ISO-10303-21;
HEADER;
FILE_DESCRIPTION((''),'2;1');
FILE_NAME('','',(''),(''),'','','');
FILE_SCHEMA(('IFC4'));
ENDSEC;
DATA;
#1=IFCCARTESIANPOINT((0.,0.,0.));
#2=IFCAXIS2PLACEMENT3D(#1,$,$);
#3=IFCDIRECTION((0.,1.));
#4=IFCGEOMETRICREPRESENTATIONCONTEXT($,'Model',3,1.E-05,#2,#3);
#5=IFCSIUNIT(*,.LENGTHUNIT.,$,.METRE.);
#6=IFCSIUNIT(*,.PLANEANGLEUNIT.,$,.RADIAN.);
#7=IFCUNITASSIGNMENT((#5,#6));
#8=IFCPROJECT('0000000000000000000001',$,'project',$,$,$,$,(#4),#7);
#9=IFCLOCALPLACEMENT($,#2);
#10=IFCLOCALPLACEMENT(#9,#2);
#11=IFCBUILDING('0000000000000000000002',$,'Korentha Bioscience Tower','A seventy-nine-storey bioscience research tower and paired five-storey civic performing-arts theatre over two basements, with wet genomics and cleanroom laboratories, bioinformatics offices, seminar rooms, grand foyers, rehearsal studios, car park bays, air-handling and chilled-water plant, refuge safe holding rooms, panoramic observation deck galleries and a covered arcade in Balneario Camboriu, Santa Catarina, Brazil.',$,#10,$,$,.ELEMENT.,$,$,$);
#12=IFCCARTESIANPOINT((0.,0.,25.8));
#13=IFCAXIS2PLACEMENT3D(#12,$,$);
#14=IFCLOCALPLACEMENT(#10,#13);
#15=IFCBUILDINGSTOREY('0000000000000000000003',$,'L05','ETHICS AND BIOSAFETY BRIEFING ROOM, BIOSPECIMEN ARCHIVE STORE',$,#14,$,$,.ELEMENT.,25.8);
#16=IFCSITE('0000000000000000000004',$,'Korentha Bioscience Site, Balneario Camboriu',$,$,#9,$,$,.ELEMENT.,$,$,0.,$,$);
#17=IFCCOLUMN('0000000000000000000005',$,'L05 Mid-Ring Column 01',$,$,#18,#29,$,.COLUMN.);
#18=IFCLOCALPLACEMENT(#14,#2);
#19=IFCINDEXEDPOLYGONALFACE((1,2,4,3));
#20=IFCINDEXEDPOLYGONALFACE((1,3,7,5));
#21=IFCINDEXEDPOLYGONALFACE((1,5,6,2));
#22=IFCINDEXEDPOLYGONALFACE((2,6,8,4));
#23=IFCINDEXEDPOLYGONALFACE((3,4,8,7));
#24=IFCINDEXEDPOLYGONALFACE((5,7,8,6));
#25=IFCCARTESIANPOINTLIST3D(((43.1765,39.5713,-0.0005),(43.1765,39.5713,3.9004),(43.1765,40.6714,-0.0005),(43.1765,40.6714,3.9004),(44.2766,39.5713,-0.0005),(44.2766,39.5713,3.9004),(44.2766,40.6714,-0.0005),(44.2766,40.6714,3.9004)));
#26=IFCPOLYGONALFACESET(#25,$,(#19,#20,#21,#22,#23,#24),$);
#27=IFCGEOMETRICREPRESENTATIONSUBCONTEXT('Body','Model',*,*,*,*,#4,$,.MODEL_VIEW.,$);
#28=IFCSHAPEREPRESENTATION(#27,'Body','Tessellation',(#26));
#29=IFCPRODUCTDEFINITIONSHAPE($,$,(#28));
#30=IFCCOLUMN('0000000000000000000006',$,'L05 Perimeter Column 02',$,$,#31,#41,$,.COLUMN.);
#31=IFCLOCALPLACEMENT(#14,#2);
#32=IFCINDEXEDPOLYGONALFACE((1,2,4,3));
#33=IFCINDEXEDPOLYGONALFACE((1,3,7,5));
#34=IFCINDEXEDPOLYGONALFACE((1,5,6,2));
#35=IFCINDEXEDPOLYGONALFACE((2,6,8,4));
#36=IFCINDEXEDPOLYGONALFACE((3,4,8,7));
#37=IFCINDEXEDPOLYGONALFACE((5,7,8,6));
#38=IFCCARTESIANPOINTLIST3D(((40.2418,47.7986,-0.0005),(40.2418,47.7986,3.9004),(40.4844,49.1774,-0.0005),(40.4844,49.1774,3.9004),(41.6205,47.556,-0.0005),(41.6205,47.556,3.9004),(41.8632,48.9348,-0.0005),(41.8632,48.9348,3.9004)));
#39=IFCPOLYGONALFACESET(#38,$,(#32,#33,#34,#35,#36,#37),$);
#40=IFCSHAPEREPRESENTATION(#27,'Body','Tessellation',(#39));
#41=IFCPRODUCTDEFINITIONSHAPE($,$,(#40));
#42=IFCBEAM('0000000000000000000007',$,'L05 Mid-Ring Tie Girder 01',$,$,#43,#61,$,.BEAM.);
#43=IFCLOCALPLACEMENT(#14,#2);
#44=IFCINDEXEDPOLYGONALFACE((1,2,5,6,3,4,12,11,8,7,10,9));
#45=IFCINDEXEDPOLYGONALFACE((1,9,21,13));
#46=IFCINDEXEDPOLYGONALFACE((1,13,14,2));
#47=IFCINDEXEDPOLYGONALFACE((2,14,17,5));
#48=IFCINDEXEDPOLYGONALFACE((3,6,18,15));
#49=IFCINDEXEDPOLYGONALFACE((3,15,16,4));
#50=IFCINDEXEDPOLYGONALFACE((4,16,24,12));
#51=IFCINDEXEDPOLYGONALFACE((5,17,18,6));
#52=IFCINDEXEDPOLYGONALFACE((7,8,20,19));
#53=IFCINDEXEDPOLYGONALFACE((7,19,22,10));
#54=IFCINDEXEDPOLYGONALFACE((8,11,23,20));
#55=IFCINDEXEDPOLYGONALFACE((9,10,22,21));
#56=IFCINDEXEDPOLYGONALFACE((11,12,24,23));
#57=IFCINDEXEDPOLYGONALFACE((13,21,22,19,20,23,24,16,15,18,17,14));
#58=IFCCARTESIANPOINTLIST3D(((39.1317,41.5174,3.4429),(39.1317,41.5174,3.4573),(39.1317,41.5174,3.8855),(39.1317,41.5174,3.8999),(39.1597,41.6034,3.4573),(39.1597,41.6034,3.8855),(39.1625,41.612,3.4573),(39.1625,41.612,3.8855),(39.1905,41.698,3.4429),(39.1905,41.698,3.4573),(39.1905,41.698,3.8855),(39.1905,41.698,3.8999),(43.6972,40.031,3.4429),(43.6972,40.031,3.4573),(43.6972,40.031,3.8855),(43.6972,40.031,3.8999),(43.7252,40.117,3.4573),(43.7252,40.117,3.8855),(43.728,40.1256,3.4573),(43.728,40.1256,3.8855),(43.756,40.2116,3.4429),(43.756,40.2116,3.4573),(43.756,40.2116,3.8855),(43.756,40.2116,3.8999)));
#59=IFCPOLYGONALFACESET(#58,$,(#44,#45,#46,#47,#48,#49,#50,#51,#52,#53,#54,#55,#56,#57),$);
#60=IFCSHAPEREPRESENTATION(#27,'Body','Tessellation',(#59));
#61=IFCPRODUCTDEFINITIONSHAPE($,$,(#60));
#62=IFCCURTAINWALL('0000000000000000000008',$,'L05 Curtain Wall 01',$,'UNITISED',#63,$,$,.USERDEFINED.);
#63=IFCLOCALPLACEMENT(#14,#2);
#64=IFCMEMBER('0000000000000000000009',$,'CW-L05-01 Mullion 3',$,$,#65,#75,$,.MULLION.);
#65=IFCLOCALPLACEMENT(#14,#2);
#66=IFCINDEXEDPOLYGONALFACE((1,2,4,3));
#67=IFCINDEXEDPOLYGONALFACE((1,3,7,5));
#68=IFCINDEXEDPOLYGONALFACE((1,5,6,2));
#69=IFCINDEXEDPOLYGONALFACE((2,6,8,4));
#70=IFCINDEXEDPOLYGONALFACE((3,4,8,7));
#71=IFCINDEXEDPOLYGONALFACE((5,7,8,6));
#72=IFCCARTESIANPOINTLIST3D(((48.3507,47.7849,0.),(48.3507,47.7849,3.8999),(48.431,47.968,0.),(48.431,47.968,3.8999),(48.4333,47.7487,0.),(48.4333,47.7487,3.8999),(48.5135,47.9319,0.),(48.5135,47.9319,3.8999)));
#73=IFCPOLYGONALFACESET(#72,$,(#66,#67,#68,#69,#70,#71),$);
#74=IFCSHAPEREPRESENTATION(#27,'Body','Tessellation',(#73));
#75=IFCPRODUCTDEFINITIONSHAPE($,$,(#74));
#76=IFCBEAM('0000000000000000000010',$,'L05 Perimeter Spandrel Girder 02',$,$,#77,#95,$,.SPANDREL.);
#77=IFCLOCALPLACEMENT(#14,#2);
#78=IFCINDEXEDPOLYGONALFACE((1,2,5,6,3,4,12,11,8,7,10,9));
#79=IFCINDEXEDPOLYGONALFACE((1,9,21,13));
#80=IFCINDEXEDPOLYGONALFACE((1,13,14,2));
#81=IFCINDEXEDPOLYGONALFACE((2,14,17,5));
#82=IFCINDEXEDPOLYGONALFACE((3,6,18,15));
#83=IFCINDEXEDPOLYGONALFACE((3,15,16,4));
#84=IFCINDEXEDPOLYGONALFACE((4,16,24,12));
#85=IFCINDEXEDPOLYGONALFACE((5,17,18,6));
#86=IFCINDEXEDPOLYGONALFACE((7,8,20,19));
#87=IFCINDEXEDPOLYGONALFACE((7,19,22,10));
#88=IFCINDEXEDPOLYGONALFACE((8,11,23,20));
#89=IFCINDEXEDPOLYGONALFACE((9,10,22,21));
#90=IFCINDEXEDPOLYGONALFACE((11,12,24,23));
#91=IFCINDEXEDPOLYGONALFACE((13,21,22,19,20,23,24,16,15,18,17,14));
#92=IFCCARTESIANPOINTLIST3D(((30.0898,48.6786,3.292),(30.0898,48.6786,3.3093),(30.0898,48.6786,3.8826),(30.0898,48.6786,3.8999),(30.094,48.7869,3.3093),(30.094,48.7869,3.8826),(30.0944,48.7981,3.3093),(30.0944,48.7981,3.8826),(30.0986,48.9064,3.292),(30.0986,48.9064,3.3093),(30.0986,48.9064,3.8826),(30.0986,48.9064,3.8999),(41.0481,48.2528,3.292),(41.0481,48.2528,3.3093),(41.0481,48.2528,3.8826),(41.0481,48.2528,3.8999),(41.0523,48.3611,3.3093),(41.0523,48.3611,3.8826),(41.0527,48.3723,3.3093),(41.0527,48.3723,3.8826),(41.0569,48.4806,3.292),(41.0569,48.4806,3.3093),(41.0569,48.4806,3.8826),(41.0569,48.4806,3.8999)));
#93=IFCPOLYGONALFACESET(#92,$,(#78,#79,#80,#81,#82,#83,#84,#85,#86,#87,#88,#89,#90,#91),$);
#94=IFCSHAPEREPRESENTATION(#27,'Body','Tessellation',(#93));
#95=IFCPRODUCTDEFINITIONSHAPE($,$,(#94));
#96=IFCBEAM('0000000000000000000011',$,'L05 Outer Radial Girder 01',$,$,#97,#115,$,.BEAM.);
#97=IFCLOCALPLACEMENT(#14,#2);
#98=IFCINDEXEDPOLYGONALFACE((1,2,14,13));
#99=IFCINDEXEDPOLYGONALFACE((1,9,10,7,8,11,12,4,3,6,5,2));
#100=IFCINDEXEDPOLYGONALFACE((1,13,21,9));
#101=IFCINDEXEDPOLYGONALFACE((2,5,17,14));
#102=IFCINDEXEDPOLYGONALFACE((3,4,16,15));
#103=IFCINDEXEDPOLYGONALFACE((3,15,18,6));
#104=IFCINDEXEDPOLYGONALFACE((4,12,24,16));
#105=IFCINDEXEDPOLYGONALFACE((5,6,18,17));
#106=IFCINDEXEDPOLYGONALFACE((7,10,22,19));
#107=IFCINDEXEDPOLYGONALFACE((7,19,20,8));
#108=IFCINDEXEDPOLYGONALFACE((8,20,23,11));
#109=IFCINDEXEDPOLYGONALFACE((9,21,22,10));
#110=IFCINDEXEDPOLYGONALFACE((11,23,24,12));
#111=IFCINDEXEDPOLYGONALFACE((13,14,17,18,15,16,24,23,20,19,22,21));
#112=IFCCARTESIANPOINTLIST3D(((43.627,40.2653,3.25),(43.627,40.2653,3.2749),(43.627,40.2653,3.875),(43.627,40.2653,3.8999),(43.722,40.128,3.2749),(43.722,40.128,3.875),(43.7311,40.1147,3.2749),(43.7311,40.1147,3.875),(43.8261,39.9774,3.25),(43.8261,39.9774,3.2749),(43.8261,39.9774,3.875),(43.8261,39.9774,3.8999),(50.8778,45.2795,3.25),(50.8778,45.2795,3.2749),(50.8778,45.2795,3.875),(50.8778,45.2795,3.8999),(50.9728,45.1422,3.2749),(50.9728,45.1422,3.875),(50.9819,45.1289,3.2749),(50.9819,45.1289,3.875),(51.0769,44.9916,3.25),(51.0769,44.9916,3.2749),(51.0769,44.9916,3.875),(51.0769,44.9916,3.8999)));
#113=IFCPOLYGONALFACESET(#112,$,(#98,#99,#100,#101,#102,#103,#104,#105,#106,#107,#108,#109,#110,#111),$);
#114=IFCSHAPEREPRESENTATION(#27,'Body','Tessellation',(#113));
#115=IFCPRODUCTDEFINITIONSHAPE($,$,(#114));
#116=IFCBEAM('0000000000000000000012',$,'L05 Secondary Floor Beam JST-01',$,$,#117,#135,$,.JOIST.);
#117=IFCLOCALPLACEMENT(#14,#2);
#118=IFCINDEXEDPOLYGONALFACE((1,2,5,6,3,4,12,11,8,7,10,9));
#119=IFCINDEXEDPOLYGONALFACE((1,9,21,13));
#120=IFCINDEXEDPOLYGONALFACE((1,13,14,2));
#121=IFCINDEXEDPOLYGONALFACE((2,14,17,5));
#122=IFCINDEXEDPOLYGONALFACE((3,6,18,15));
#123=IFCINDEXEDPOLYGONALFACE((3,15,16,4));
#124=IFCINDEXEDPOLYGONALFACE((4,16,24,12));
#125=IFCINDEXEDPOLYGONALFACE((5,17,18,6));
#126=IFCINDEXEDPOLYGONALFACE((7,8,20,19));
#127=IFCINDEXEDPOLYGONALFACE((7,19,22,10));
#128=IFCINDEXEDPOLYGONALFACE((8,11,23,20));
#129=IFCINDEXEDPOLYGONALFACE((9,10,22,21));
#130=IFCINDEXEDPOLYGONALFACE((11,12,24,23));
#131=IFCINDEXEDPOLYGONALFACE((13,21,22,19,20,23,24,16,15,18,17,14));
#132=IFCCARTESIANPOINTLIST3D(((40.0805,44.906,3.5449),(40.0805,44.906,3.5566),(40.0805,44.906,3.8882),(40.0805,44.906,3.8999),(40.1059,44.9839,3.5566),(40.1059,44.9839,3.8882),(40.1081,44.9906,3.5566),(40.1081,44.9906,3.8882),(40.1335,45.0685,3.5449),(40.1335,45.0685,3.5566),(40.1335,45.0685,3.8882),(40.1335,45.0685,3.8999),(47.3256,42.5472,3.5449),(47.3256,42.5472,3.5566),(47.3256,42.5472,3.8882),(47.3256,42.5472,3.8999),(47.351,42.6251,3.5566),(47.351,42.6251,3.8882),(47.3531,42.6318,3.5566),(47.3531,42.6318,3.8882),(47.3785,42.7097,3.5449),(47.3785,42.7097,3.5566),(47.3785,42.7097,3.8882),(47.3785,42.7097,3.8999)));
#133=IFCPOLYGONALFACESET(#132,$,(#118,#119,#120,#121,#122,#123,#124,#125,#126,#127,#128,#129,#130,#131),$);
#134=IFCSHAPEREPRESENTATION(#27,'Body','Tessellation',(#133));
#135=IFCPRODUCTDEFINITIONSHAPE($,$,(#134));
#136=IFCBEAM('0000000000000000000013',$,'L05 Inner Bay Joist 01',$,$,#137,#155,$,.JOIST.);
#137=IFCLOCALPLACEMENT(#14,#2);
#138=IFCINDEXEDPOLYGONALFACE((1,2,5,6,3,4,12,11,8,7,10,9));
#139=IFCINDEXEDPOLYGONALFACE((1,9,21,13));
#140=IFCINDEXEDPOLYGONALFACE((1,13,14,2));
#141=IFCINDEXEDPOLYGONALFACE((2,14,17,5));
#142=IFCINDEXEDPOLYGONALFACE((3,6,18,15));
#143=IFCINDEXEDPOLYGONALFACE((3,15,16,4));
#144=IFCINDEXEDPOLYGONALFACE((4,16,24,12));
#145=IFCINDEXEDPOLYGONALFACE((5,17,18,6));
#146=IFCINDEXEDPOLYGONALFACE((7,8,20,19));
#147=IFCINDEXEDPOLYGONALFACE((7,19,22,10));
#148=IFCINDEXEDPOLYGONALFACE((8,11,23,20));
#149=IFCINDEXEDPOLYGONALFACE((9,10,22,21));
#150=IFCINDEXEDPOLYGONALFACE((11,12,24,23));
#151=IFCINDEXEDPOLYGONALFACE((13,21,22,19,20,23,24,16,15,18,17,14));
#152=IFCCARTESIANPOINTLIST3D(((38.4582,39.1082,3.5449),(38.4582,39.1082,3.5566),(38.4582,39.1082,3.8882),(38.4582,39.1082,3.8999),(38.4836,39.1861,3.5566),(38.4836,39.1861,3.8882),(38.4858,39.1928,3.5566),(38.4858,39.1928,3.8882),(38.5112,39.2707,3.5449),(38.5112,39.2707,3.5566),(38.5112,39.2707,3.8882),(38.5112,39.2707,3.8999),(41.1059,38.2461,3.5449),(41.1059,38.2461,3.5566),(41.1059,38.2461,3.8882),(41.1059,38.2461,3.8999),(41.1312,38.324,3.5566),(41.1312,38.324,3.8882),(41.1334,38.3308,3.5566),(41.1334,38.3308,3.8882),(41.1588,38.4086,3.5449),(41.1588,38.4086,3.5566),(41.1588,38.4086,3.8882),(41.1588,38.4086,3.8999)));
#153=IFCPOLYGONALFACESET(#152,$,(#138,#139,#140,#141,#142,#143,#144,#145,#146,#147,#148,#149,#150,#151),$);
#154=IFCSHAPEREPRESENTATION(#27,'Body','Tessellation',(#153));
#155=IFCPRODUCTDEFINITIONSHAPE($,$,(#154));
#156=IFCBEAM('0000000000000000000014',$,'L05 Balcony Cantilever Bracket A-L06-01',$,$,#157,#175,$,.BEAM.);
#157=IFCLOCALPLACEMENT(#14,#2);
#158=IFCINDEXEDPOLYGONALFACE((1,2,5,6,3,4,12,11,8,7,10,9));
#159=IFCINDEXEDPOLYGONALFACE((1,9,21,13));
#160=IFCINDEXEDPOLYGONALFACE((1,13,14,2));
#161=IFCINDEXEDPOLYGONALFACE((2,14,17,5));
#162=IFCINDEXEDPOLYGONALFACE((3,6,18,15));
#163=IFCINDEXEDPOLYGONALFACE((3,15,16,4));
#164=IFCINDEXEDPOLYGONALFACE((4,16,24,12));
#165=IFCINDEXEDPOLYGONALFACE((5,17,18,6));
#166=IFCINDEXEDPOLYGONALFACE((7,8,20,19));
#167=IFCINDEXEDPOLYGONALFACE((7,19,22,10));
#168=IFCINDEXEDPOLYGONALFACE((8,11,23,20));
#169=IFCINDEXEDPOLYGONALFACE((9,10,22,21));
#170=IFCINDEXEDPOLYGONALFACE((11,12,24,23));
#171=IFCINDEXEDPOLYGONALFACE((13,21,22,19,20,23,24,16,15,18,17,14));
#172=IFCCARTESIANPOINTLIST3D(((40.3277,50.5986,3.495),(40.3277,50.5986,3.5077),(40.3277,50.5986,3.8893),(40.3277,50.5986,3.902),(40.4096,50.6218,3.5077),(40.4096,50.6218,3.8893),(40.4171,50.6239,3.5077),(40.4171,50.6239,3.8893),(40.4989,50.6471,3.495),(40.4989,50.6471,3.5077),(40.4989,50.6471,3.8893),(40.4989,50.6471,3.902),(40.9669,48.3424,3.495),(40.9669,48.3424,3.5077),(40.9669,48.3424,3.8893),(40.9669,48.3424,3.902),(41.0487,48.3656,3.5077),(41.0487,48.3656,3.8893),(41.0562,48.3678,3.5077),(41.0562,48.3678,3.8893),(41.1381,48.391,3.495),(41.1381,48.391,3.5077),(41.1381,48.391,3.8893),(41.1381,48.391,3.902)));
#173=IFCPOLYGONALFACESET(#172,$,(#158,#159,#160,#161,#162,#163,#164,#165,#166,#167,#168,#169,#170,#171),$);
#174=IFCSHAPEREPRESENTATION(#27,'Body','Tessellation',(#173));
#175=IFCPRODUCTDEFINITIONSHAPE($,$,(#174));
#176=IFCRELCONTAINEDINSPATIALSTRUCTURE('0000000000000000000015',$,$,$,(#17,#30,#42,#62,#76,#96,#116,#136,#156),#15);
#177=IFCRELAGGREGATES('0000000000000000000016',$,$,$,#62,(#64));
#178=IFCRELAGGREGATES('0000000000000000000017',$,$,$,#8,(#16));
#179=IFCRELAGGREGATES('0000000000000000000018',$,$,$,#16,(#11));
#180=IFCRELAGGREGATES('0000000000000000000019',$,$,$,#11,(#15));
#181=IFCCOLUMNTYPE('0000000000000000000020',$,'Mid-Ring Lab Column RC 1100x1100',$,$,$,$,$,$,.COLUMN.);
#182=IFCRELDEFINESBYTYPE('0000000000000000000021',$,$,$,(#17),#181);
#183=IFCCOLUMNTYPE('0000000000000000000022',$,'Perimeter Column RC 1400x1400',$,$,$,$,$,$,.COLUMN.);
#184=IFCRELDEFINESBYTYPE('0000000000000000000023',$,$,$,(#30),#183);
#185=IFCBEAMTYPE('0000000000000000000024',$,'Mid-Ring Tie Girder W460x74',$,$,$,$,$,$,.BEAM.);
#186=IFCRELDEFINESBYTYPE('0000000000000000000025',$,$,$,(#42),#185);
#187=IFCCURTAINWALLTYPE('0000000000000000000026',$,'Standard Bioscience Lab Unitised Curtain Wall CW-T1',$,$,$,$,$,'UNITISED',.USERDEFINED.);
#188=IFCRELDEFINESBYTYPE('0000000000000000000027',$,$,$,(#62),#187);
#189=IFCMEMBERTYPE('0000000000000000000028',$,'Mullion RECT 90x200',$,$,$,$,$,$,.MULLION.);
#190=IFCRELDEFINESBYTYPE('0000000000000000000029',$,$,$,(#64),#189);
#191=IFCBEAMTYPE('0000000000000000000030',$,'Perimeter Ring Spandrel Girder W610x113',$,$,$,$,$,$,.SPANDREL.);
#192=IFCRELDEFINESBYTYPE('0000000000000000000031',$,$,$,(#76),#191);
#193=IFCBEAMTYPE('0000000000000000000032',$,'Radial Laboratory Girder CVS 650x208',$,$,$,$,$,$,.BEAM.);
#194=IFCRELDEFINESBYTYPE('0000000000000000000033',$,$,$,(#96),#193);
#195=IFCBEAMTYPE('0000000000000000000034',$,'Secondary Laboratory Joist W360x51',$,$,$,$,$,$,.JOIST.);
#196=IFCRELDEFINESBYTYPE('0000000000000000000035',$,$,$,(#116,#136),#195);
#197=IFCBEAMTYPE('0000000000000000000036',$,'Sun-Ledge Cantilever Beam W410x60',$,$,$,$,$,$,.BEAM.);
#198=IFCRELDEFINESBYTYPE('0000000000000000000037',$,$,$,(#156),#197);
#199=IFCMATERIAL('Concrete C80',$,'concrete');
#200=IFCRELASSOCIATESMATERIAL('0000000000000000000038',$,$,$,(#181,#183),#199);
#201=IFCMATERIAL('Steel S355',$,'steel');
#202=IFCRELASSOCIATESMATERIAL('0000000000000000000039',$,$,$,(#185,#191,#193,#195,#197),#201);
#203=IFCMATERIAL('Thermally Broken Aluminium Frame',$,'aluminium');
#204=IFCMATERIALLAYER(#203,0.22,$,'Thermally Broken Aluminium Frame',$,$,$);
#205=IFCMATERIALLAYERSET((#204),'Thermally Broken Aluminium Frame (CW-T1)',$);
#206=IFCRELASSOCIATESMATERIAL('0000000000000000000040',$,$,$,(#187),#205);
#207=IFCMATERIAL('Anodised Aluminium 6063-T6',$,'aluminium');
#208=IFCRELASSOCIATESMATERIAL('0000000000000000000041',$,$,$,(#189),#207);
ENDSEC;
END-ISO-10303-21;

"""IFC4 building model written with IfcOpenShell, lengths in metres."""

from ifc_helpers import new_model, si_unit, direction, frame, origin, origin_2d, place, context, subcontext, project, spatial, rectangle, i_section, extrude, material, layer, layer_set, material_profile, profile_set, type_object, element, aggregate, save


model = new_model("IFC4")

# Units and contexts
model_context = context("Model", 3, precision=1e-05, world=origin(), true_north=direction((0.0, 1.0)))
body_context = subcontext(model_context, "Body", "Model", "MODEL_VIEW")
ifc_project = project(units=[si_unit("LENGTHUNIT", "METRE"), si_unit("PLANEANGLEUNIT", "RADIAN")], contexts=[model_context])

# Site, building, storey
site_placement = place(None, origin())
site = spatial("IfcSite", under=ifc_project, at=site_placement, Name="Korentha Bioscience Site, Balneario Camboriu", CompositionType="ELEMENT", RefElevation=0.0)
building_placement = place(site_placement, origin())
building = spatial("IfcBuilding", under=site, at=building_placement, Name="Korentha Bioscience Tower", Description="A seventy-nine-storey bioscience research tower and paired five-storey civic performing-arts theatre over two basements, with wet genomics and cleanroom laboratories, bioinformatics offices, seminar rooms, grand foyers, rehearsal studios, car park bays, air-handling and chilled-water plant, refuge safe holding rooms, panoramic observation deck galleries and a covered arcade in Balneario Camboriu, Santa Catarina, Brazil.", CompositionType="ELEMENT")
storey_placement = place(building_placement, frame((0.0, 0.0, 25.8)))
storey = spatial("IfcBuildingStorey", under=building, at=storey_placement, Name="L05", Description="ETHICS AND BIOSAFETY BRIEFING ROOM, BIOSPECIMEN ARCHIVE STORE", CompositionType="ELEMENT", Elevation=25.8)

# Columns
ifc_material_1 = material(Name="Concrete C80", Category="concrete")
ifc_material_profile_1 = material_profile(ifc_material_1, rectangle(XDim=1.1001, YDim=1.1001, at=origin_2d()), Name="Concrete C80")
ifc_profile_set_1 = profile_set([ifc_material_profile_1], Name="Concrete C80 (COL-MR11)")
column_type_1 = type_object("IfcColumnType", Name="Mid-Ring Lab Column RC 1100x1100", PredefinedType="COLUMN", material=ifc_profile_set_1)
column_1_placement = place(storey_placement, frame((43.7266, 40.1213, -0.0005), z_axis=(0.0, 0.0, 1.0), x_axis=(1.0, 0.0, 0.0)))
element("IfcColumn", 1, at=column_1_placement, inside=storey, type_object=column_type_1, Name="L05 Mid-Ring Column 01", PredefinedType="COLUMN", context=body_context, shape_type="SweptSolid", body=[
    extrude(rectangle(XDim=1.1001, YDim=1.1001, at=origin_2d()), origin(), (0.0, 0.0, 1.0), 3.9009),
])
ifc_material_profile_2 = material_profile(ifc_material_1, rectangle(XDim=1.3999, YDim=1.3999, at=origin_2d()), Name="Concrete C80")
ifc_profile_set_2 = profile_set([ifc_material_profile_2], Name="Concrete C80 (COL-P14)")
column_type_2 = type_object("IfcColumnType", Name="Perimeter Column RC 1400x1400", PredefinedType="COLUMN", material=ifc_profile_set_2)
column_2_placement = place(storey_placement, frame((41.0525, 48.3667, -0.0005), z_axis=(0.0, 0.0, 1.0), x_axis=(-0.984868, 0.173304, 0.0)))
element("IfcColumn", 2, at=column_2_placement, inside=storey, type_object=column_type_2, Name="L05 Perimeter Column 02", PredefinedType="COLUMN", context=body_context, shape_type="SweptSolid", body=[
    extrude(rectangle(XDim=1.3999, YDim=1.3999, at=origin_2d()), origin(), (0.0, 0.0, 1.0), 3.9009),
])

# Beam
ifc_material_2 = material(Name="Steel S355", Category="steel")
ifc_material_profile_3 = material_profile(ifc_material_2, i_section(OverallWidth=0.1899, OverallDepth=0.457, WebThickness=0.009, FlangeThickness=0.0144, at=origin_2d()), Name="Steel S355")
ifc_profile_set_3 = profile_set([ifc_material_profile_3], Name="Steel S355 (MB-460)")
beam_type_1 = type_object("IfcBeamType", Name="Mid-Ring Tie Girder W460x74", PredefinedType="BEAM", material=ifc_profile_set_3)
beam_1_placement = place(storey_placement, frame((43.7266, 40.1213, 3.6714), z_axis=(-0.950877, 0.309569, 0.0), x_axis=(-0.309569, -0.950877, 0.0)))
element("IfcBeam", 3, at=beam_1_placement, inside=storey, type_object=beam_type_1, Name="L05 Mid-Ring Tie Girder 01", PredefinedType="BEAM", context=body_context, shape_type="SweptSolid", body=[
    extrude(i_section(OverallWidth=0.1899, OverallDepth=0.457, WebThickness=0.009, FlangeThickness=0.0144, at=origin_2d()), origin(), (0.0, 0.0, 1.0), 4.8013),
])

# Curtain wall, member
ifc_material_3 = material(Name="Thermally Broken Aluminium Frame", Category="aluminium")
ifc_layer_1 = layer(ifc_material_3, 0.22, Name="Thermally Broken Aluminium Frame")
ifc_layer_set_1 = layer_set([ifc_layer_1], Name="Thermally Broken Aluminium Frame (CW-T1)")
curtain_wall_type = type_object("IfcCurtainWallType", Name="Standard Bioscience Lab Unitised Curtain Wall CW-T1", ElementType="UNITISED", PredefinedType="USERDEFINED", material=ifc_layer_set_1)
curtain_wall_placement = place(storey_placement, origin())
curtain_wall = element("IfcCurtainWall", 4, at=curtain_wall_placement, inside=storey, type_object=curtain_wall_type, Name="L05 Curtain Wall 01", ObjectType="UNITISED", PredefinedType="USERDEFINED")
ifc_material_4 = material(Name="Anodised Aluminium 6063-T6", Category="aluminium")
ifc_material_profile_4 = material_profile(ifc_material_4, rectangle(XDim=0.0901, YDim=0.2, at=origin_2d()), Name="Anodised Aluminium 6063-T6")
ifc_profile_set_4 = profile_set([ifc_material_profile_4], Name="Anodised Aluminium 6063-T6 (CW-MUL)")
member_type = type_object("IfcMemberType", Name="Mullion RECT 90x200", PredefinedType="MULLION", material=ifc_profile_set_4)
member_placement = place(storey_placement, frame((48.4321, 47.8584, 0.0), z_axis=(0.0, 0.0, 1.0), x_axis=(-0.915939, 0.401317, 0.0)))
member = element("IfcMember", 5, at=member_placement, type_object=member_type, Name="CW-L05-01 Mullion 3", PredefinedType="MULLION", context=body_context, shape_type="SweptSolid", body=[
    extrude(rectangle(XDim=0.0901, YDim=0.2, at=origin_2d()), origin(), (0.0, 0.0, 1.0), 3.8999),
])
aggregate(curtain_wall, [member])

# Beams
ifc_material_profile_5 = material_profile(ifc_material_2, i_section(OverallWidth=0.228, OverallDepth=0.6079, WebThickness=0.0112, FlangeThickness=0.0173, at=origin_2d()), Name="Steel S355")
ifc_profile_set_5 = profile_set([ifc_material_profile_5], Name="Steel S355 (SB-610)")
beam_type_2 = type_object("IfcBeamType", Name="Perimeter Ring Spandrel Girder W610x113", PredefinedType="SPANDREL", material=ifc_profile_set_5)
beam_2_placement = place(storey_placement, frame((41.0525, 48.3667, 3.5959), z_axis=(-0.999246, 0.038826, 0.0), x_axis=(-0.038826, -0.999246, 0.0)))
element("IfcBeam", 6, at=beam_2_placement, inside=storey, type_object=beam_type_2, Name="L05 Perimeter Spandrel Girder 02", PredefinedType="SPANDREL", context=body_context, shape_type="SweptSolid", body=[
    extrude(i_section(OverallWidth=0.228, OverallDepth=0.6079, WebThickness=0.0112, FlangeThickness=0.0173, at=origin_2d()), origin(), (0.0, 0.0, 1.0), 10.9666),
])
ifc_material_profile_6 = material_profile(ifc_material_2, i_section(OverallWidth=0.3501, OverallDepth=0.6499, WebThickness=0.0161, FlangeThickness=0.0249, at=origin_2d()), Name="Steel S355")
ifc_profile_set_6 = profile_set([ifc_material_profile_6], Name="Steel S355 (RB-650)")
beam_type_3 = type_object("IfcBeamType", Name="Radial Laboratory Girder CVS 650x208", PredefinedType="BEAM", material=ifc_profile_set_6)
beam_3_placement = place(storey_placement, frame((43.7266, 40.1213, 3.575), z_axis=(0.822488, 0.568782, 0.0), x_axis=(-0.568782, 0.822488, 0.0)))
element("IfcBeam", 7, at=beam_3_placement, inside=storey, type_object=beam_type_3, Name="L05 Outer Radial Girder 01", PredefinedType="BEAM", context=body_context, shape_type="SweptSolid", body=[
    extrude(i_section(OverallWidth=0.3501, OverallDepth=0.6499, WebThickness=0.0161, FlangeThickness=0.0249, at=origin_2d()), origin(), (0.0, 0.0, 1.0), 8.8157),
])
ifc_material_profile_7 = material_profile(ifc_material_2, i_section(OverallWidth=0.1709, OverallDepth=0.355, WebThickness=0.0071, FlangeThickness=0.0117, at=origin_2d()), Name="Steel S355")
ifc_profile_set_7 = profile_set([ifc_material_profile_7], Name="Steel S355 (JB-360)")
beam_type_4 = type_object("IfcBeamType", Name="Secondary Laboratory Joist W360x51", PredefinedType="JOIST", material=ifc_profile_set_7)
beam_4_placement = place(storey_placement, frame((47.3521, 42.6284, 3.7224), z_axis=(-0.950871, 0.309587, 0.0), x_axis=(-0.309587, -0.950871, 0.0)))
element("IfcBeam", 8, at=beam_4_placement, inside=storey, type_object=beam_type_4, Name="L05 Secondary Floor Beam JST-01", PredefinedType="JOIST", context=body_context, shape_type="SweptSolid", body=[
    extrude(i_section(OverallWidth=0.1709, OverallDepth=0.355, WebThickness=0.0071, FlangeThickness=0.0117, at=origin_2d()), origin(), (0.0, 0.0, 1.0), 7.6194),
])
beam_5_placement = place(storey_placement, frame((41.1323, 38.3274, 3.7224), z_axis=(-0.95087, 0.309592, 0.0), x_axis=(-0.309592, -0.95087, 0.0)))
element("IfcBeam", 9, at=beam_5_placement, inside=storey, type_object=beam_type_4, Name="L05 Inner Bay Joist 01", PredefinedType="JOIST", context=body_context, shape_type="SweptSolid", body=[
    extrude(i_section(OverallWidth=0.1709, OverallDepth=0.355, WebThickness=0.0071, FlangeThickness=0.0117, at=origin_2d()), origin(), (0.0, 0.0, 1.0), 2.7844),
])
ifc_material_profile_8 = material_profile(ifc_material_2, i_section(OverallWidth=0.178, OverallDepth=0.407, WebThickness=0.0078, FlangeThickness=0.0127, at=origin_2d()), Name="Steel S355")
ifc_profile_set_8 = profile_set([ifc_material_profile_8], Name="Steel S355 (CB-410)")
beam_type_5 = type_object("IfcBeamType", Name="Sun-Ledge Cantilever Beam W410x60", PredefinedType="BEAM", material=ifc_profile_set_8)
beam_6_placement = place(storey_placement, frame((41.0525, 48.3667, 3.6985), z_axis=(-0.272575, 0.962134, 0.0), x_axis=(-0.962134, -0.272575, 0.0)))
element("IfcBeam", 10, at=beam_6_placement, inside=storey, type_object=beam_type_5, Name="L05 Balcony Cantilever Bracket A-L06-01", PredefinedType="BEAM", context=body_context, shape_type="SweptSolid", body=[
    extrude(i_section(OverallWidth=0.178, OverallDepth=0.407, WebThickness=0.0078, FlangeThickness=0.0127, at=origin_2d()), origin(), (0.0, 0.0, 1.0), 2.345),
])

save(model, "model.ifc")
